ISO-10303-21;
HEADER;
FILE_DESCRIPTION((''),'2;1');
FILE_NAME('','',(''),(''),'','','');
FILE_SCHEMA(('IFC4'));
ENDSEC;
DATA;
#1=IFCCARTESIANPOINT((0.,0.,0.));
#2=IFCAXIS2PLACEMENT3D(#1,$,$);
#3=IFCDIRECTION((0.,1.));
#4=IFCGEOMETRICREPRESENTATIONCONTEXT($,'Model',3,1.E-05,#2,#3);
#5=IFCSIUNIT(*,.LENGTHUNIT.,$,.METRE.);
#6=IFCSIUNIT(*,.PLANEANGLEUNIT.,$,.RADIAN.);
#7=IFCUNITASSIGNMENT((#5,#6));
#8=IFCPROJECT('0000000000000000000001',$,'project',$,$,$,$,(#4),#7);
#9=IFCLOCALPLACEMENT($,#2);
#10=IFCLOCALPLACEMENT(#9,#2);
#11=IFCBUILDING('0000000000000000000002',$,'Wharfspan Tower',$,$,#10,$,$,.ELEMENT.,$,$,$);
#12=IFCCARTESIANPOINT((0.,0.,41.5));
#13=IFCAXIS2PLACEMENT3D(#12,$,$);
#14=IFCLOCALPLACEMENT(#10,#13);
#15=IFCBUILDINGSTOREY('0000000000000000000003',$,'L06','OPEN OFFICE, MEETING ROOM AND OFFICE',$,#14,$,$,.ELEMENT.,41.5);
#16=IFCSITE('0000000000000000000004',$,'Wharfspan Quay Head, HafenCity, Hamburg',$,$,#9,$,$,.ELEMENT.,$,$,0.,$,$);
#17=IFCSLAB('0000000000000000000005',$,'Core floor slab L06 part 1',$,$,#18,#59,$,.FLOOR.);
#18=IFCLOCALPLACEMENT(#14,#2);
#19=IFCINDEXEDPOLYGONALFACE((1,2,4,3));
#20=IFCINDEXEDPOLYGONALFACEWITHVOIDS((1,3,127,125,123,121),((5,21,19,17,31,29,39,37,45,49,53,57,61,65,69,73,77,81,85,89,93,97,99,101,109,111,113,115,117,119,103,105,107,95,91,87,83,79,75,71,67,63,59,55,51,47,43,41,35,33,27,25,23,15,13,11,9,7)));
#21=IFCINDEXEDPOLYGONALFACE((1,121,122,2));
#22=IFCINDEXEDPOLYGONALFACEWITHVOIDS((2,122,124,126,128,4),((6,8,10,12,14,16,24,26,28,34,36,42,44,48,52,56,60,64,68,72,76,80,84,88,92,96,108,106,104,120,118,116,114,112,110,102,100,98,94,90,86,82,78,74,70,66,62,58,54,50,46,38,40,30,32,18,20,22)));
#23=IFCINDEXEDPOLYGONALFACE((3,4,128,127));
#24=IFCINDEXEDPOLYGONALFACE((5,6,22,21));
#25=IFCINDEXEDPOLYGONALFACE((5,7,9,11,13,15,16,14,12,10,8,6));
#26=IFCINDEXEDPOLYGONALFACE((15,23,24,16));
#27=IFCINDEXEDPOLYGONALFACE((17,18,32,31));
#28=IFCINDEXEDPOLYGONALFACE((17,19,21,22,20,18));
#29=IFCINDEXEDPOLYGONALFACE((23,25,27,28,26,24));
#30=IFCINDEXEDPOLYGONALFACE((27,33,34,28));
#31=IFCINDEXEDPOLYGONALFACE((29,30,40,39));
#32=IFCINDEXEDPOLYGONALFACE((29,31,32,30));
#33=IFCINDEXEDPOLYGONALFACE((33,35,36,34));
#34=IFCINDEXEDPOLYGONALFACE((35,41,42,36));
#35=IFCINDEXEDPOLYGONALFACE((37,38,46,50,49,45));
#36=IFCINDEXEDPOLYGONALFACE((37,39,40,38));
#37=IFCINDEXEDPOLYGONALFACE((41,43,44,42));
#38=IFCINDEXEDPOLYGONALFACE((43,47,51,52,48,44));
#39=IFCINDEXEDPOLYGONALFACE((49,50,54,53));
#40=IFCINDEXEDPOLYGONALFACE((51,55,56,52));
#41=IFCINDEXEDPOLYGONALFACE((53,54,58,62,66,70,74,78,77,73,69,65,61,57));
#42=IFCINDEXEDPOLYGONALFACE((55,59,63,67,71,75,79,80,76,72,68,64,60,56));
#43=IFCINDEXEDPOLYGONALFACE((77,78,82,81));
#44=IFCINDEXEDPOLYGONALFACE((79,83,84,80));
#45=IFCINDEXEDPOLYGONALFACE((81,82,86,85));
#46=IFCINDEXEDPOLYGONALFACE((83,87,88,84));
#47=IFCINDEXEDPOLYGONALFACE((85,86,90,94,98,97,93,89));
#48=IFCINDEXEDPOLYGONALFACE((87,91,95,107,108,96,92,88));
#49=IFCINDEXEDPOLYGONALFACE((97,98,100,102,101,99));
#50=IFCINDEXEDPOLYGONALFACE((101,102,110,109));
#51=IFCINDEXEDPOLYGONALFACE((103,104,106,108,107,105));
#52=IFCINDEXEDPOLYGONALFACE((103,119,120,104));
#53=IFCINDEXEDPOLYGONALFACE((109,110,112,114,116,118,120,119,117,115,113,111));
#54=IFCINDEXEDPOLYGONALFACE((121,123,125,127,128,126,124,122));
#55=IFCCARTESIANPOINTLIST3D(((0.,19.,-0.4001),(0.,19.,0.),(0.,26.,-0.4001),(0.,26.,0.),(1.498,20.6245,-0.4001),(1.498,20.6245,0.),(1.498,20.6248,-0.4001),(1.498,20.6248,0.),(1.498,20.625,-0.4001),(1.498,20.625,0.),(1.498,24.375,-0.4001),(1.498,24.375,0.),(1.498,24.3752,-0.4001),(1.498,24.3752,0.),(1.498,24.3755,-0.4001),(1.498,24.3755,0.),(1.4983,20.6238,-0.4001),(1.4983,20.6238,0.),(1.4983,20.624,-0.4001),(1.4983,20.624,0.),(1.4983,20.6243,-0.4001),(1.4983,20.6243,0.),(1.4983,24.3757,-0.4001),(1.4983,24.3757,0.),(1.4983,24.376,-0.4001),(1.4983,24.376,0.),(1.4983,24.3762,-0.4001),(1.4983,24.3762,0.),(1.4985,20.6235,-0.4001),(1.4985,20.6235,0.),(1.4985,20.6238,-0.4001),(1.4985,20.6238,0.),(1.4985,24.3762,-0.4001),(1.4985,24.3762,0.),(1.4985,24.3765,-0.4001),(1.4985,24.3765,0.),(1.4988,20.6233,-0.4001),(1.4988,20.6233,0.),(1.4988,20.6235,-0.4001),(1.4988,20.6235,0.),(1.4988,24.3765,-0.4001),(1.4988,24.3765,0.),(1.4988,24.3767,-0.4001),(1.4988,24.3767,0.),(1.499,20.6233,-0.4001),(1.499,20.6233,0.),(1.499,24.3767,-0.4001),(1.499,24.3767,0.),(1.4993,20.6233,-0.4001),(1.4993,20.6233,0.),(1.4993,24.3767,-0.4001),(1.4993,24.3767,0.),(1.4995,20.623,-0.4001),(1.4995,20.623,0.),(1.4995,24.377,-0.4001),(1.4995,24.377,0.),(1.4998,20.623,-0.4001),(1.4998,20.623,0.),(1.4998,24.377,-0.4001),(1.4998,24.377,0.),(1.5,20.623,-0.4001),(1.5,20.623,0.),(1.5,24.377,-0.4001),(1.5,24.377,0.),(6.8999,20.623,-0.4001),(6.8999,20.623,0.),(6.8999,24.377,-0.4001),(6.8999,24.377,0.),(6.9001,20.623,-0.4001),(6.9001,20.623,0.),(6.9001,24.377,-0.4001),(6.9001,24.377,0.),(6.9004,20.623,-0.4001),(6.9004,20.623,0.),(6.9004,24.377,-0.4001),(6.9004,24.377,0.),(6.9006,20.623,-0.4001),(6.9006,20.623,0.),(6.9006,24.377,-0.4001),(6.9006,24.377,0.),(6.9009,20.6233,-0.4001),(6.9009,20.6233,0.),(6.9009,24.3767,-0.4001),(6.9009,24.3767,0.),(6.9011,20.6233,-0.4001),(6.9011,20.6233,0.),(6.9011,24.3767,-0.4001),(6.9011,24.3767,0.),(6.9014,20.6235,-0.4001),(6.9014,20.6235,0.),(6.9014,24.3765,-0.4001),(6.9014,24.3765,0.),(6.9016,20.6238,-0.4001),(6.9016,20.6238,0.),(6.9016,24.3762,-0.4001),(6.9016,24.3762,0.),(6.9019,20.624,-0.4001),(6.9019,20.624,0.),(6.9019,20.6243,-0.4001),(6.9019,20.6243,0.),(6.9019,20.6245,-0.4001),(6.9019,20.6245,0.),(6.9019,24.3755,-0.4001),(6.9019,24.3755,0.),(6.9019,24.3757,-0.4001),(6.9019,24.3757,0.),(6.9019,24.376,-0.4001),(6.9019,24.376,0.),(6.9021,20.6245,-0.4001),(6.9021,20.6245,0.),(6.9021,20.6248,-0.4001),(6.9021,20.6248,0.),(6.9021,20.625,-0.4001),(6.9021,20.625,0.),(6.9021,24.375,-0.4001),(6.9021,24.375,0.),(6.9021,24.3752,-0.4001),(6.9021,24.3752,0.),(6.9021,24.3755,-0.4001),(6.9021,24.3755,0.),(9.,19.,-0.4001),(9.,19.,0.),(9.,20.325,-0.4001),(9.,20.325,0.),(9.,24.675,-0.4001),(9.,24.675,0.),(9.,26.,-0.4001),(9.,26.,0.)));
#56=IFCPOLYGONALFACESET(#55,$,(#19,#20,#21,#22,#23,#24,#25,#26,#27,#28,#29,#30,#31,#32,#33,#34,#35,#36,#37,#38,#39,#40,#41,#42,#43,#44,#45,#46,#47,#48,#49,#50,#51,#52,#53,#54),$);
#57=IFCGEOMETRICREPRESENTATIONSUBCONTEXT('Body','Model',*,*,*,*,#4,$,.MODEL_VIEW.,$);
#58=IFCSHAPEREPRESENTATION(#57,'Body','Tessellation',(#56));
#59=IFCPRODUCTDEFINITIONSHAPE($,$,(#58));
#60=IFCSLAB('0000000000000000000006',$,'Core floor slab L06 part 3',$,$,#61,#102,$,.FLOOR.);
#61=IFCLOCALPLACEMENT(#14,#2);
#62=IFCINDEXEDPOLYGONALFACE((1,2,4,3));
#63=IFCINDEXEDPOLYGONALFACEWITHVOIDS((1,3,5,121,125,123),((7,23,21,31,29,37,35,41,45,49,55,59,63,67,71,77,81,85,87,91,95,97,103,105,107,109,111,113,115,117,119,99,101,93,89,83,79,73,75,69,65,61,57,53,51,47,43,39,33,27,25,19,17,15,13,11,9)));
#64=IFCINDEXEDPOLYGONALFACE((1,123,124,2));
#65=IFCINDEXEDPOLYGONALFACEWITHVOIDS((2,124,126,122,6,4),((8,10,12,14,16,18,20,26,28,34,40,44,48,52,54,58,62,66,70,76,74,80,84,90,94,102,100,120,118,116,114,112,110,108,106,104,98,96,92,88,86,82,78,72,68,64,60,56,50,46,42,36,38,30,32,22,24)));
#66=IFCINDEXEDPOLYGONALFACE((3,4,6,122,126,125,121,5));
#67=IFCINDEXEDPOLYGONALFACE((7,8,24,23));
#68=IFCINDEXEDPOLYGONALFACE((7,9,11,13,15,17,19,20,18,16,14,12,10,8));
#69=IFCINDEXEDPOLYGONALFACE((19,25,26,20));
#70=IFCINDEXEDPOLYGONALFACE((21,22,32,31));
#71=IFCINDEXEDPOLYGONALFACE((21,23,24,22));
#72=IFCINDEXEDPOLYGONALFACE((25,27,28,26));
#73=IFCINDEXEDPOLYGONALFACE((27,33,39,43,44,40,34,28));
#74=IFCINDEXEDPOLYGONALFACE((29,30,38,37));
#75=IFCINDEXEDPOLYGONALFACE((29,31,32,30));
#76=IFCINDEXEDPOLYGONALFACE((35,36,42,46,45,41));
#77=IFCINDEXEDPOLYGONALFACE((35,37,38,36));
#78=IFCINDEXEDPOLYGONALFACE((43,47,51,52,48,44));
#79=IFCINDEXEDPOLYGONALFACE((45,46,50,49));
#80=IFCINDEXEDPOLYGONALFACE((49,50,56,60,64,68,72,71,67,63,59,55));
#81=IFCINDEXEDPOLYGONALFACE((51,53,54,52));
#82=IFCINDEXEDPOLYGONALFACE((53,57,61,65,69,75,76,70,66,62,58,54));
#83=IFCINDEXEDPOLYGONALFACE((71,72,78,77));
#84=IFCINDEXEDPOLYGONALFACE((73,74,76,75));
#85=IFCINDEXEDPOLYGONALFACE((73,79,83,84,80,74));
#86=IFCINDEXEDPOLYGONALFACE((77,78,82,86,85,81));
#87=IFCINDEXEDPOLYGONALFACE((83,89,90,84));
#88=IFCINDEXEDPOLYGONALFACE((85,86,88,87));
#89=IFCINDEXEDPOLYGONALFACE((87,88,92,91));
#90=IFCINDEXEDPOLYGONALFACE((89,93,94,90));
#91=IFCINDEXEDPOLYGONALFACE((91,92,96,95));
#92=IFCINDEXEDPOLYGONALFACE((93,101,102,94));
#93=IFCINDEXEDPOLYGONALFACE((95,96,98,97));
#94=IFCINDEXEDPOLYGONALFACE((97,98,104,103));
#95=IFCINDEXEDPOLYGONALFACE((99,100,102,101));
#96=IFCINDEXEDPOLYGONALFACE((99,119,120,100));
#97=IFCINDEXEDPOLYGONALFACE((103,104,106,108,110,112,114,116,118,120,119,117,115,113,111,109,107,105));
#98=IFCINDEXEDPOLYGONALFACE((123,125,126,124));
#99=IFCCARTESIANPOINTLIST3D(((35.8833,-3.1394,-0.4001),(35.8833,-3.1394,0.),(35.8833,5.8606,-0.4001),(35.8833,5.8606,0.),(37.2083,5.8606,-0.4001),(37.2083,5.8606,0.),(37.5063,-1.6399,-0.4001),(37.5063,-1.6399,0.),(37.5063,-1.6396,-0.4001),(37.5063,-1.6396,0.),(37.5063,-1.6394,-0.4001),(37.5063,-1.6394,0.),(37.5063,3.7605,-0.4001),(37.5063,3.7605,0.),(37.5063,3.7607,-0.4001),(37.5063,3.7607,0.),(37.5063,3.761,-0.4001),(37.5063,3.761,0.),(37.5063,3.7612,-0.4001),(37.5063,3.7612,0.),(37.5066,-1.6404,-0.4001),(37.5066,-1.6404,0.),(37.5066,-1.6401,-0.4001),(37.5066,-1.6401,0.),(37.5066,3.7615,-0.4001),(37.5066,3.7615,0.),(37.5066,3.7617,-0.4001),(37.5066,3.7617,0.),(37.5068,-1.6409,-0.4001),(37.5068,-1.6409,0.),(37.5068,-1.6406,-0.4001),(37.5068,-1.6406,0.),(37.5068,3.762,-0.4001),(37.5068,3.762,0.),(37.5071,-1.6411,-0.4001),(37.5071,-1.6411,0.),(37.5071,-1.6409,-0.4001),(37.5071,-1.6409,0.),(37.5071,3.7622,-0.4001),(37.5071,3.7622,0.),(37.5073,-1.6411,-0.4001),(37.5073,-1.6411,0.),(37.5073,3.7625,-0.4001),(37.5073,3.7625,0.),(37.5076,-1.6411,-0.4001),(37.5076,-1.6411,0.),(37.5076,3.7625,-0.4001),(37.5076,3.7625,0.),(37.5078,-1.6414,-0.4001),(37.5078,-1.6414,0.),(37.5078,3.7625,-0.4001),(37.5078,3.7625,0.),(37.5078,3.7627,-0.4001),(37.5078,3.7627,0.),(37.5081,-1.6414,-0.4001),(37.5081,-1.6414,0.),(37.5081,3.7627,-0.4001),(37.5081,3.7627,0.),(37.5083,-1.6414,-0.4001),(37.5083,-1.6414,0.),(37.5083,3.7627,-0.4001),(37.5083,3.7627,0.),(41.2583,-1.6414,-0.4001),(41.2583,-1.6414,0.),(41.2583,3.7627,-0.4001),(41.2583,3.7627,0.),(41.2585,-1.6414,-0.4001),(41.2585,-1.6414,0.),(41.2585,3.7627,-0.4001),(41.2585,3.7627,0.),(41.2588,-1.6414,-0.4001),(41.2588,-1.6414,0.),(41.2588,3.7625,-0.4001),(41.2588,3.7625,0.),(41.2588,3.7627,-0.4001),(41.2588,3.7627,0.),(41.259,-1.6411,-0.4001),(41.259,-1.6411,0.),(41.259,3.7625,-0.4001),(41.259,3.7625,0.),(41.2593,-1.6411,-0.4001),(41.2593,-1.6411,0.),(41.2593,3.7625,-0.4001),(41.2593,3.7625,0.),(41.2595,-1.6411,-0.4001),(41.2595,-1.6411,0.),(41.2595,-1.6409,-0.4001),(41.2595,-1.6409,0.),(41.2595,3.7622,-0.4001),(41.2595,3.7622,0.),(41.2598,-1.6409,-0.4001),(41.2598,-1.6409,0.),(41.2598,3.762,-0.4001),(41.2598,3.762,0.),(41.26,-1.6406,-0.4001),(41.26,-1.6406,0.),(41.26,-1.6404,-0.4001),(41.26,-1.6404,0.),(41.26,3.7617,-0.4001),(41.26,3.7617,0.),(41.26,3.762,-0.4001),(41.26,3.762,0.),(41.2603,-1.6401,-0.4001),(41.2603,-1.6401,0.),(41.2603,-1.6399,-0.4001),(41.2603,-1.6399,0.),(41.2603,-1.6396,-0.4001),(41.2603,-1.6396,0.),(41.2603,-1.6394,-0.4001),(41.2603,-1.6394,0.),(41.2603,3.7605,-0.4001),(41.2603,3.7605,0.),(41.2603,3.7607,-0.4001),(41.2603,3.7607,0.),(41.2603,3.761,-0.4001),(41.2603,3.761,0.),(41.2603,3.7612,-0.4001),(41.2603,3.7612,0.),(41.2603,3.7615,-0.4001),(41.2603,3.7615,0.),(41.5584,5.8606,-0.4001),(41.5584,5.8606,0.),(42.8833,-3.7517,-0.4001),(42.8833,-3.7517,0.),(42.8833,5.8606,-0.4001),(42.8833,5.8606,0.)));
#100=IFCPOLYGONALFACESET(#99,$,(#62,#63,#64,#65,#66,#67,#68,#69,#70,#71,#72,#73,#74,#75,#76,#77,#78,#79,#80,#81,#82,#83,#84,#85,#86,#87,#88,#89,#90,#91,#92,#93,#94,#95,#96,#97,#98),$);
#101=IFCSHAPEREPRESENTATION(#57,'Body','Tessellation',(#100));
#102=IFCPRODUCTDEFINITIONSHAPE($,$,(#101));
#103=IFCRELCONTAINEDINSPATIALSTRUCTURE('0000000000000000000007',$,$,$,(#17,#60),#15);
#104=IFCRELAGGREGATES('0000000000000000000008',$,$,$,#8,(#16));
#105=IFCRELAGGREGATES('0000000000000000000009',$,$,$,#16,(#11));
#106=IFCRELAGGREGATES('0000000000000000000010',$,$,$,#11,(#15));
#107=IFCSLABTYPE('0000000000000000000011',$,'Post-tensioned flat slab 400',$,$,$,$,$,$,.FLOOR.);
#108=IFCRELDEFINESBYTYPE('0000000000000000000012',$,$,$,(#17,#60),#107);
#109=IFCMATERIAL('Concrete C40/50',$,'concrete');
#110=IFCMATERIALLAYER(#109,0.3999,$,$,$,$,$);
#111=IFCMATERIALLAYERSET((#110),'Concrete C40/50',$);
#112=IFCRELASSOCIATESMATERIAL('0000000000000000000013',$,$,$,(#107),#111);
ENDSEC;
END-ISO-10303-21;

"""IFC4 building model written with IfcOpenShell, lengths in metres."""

from ifc_helpers import new_model, si_unit, direction, frame, origin, place, context, subcontext, project, spatial, polyline, outline, extrude, material, layer, layer_set, type_object, element, save


model = new_model("IFC4")

# Units and contexts
model_context = context("Model", 3, precision=1e-05, world=origin(), true_north=direction((0.0, 1.0)))
body_context = subcontext(model_context, "Body", "Model", "MODEL_VIEW")
ifc_project = project(units=[si_unit("LENGTHUNIT", "METRE"), si_unit("PLANEANGLEUNIT", "RADIAN")], contexts=[model_context])

# Site, building, storey
site_placement = place(None, origin())
site = spatial("IfcSite", under=ifc_project, at=site_placement, Name="Wharfspan Quay Head, HafenCity, Hamburg", CompositionType="ELEMENT", RefElevation=0.0)
building_placement = place(site_placement, origin())
building = spatial("IfcBuilding", under=site, at=building_placement, Name="Wharfspan Tower", CompositionType="ELEMENT")
storey_placement = place(building_placement, frame((0.0, 0.0, 41.5)))
storey = spatial("IfcBuildingStorey", under=building, at=storey_placement, Name="L06", Description="OPEN OFFICE, MEETING ROOM AND OFFICE", CompositionType="ELEMENT", Elevation=41.5)

# Slabs
ifc_material_1 = material(Name="Concrete C40/50", Category="concrete")
ifc_layer_1 = layer(ifc_material_1, 0.3999)
ifc_layer_set_1 = layer_set([ifc_layer_1], Name="Concrete C40/50")
slab_type_1 = type_object("IfcSlabType", Name="Post-tensioned flat slab 400", PredefinedType="FLOOR", material=ifc_layer_set_1)
slab_1_placement = place(storey_placement, frame((0.0, 0.0, -0.4001)))
element("IfcSlab", 1, at=slab_1_placement, inside=storey, type_object=slab_type_1, Name="Core floor slab L06 part 1", PredefinedType="FLOOR", context=body_context, shape_type="SweptSolid", body=[
    extrude(outline(polyline([(9.0, 20.325), (9.0, 24.675), (9.0, 26.0), (0.0, 26.0), (0.0, 19.0), (9.0, 19.0), (9.0, 20.325)]), holes=[polyline([(6.9021, 20.625), (6.9021, 20.6248), (6.9021, 20.6245), (6.9019, 20.6245), (6.9019, 20.6243), (6.9019, 20.624), (6.9016, 20.6238), (6.9016, 20.6238), (6.9014, 20.6235), (6.9014, 20.6235), (6.9011, 20.6233), (6.9009, 20.6233), (6.9009, 20.6233), (6.9006, 20.623), (6.9004, 20.623), (6.9001, 20.623), (6.8999, 20.623), (1.5, 20.623), (1.4998, 20.623), (1.4995, 20.623), (1.4995, 20.623), (1.4993, 20.6233), (1.499, 20.6233), (1.4988, 20.6233), (1.4988, 20.6235), (1.4985, 20.6235), (1.4985, 20.6238), (1.4983, 20.6238), (1.4983, 20.624), (1.4983, 20.6243), (1.498, 20.6245), (1.498, 20.6245), (1.498, 20.6248), (1.498, 20.625), (1.498, 24.375), (1.498, 24.3752), (1.498, 24.3755), (1.498, 24.3755), (1.4983, 24.3757), (1.4983, 24.376), (1.4983, 24.3762), (1.4985, 24.3762), (1.4985, 24.3765), (1.4988, 24.3765), (1.4988, 24.3767), (1.499, 24.3767), (1.4993, 24.3767), (1.4995, 24.377), (1.4995, 24.377), (1.4998, 24.377), (1.5, 24.377), (6.8999, 24.377), (6.9001, 24.377), (6.9004, 24.377), (6.9006, 24.377), (6.9009, 24.3767), (6.9009, 24.3767), (6.9011, 24.3767), (6.9014, 24.3765), (6.9014, 24.3765), (6.9016, 24.3762), (6.9016, 24.3762), (6.9019, 24.376), (6.9019, 24.3757), (6.9019, 24.3755), (6.9021, 24.3755), (6.9021, 24.3752), (6.9021, 24.375), (6.9021, 20.625)])]), origin(), (0.0, 0.0, 1.0), 0.4001),
])
slab_2_placement = place(storey_placement, frame((0.0, 0.0, -0.4001)))
element("IfcSlab", 2, at=slab_2_placement, inside=storey, type_object=slab_type_1, Name="Core floor slab L06 part 3", PredefinedType="FLOOR", context=body_context, shape_type="SweptSolid", body=[
    extrude(outline(polyline([(41.5583, 5.8606), (37.2083, 5.8606), (35.8833, 5.8606), (35.8833, -3.1394), (42.8833, -3.7517), (42.8833, 5.8606), (41.5583, 5.8606)]), holes=[polyline([(37.5063, 3.7605), (37.5063, 3.7607), (37.5063, 3.761), (37.5063, 3.7612), (37.5066, 3.7615), (37.5066, 3.7617), (37.5066, 3.7617), (37.5068, 3.762), (37.5068, 3.762), (37.5071, 3.7622), (37.5071, 3.7622), (37.5073, 3.7625), (37.5076, 3.7625), (37.5078, 3.7625), (37.5078, 3.7627), (37.5081, 3.7627), (37.5083, 3.7627), (41.2583, 3.7627), (41.2585, 3.7627), (41.2588, 3.7627), (41.2588, 3.7625), (41.259, 3.7625), (41.2593, 3.7625), (41.2595, 3.7622), (41.2595, 3.7622), (41.2598, 3.762), (41.26, 3.762), (41.26, 3.7617), (41.26, 3.7617), (41.2603, 3.7615), (41.2603, 3.7612), (41.2603, 3.761), (41.2603, 3.7607), (41.2603, 3.7605), (41.2603, -1.6394), (41.2603, -1.6396), (41.2603, -1.6399), (41.2603, -1.6399), (41.2603, -1.6401), (41.26, -1.6404), (41.26, -1.6404), (41.26, -1.6406), (41.2598, -1.6409), (41.2595, -1.6409), (41.2595, -1.6411), (41.2593, -1.6411), (41.259, -1.6411), (41.2588, -1.6414), (41.2588, -1.6414), (41.2585, -1.6414), (41.2583, -1.6414), (37.5083, -1.6414), (37.5081, -1.6414), (37.5078, -1.6414), (37.5078, -1.6414), (37.5076, -1.6411), (37.5073, -1.6411), (37.5071, -1.6411), (37.5071, -1.6409), (37.5068, -1.6409), (37.5068, -1.6406), (37.5066, -1.6404), (37.5066, -1.6404), (37.5066, -1.6401), (37.5063, -1.6399), (37.5063, -1.6399), (37.5063, -1.6396), (37.5063, -1.6394), (37.5063, 3.7605)])]), origin(), (0.0, 0.0, 1.0), 0.4001),
])

save(model, "model.ifc")
